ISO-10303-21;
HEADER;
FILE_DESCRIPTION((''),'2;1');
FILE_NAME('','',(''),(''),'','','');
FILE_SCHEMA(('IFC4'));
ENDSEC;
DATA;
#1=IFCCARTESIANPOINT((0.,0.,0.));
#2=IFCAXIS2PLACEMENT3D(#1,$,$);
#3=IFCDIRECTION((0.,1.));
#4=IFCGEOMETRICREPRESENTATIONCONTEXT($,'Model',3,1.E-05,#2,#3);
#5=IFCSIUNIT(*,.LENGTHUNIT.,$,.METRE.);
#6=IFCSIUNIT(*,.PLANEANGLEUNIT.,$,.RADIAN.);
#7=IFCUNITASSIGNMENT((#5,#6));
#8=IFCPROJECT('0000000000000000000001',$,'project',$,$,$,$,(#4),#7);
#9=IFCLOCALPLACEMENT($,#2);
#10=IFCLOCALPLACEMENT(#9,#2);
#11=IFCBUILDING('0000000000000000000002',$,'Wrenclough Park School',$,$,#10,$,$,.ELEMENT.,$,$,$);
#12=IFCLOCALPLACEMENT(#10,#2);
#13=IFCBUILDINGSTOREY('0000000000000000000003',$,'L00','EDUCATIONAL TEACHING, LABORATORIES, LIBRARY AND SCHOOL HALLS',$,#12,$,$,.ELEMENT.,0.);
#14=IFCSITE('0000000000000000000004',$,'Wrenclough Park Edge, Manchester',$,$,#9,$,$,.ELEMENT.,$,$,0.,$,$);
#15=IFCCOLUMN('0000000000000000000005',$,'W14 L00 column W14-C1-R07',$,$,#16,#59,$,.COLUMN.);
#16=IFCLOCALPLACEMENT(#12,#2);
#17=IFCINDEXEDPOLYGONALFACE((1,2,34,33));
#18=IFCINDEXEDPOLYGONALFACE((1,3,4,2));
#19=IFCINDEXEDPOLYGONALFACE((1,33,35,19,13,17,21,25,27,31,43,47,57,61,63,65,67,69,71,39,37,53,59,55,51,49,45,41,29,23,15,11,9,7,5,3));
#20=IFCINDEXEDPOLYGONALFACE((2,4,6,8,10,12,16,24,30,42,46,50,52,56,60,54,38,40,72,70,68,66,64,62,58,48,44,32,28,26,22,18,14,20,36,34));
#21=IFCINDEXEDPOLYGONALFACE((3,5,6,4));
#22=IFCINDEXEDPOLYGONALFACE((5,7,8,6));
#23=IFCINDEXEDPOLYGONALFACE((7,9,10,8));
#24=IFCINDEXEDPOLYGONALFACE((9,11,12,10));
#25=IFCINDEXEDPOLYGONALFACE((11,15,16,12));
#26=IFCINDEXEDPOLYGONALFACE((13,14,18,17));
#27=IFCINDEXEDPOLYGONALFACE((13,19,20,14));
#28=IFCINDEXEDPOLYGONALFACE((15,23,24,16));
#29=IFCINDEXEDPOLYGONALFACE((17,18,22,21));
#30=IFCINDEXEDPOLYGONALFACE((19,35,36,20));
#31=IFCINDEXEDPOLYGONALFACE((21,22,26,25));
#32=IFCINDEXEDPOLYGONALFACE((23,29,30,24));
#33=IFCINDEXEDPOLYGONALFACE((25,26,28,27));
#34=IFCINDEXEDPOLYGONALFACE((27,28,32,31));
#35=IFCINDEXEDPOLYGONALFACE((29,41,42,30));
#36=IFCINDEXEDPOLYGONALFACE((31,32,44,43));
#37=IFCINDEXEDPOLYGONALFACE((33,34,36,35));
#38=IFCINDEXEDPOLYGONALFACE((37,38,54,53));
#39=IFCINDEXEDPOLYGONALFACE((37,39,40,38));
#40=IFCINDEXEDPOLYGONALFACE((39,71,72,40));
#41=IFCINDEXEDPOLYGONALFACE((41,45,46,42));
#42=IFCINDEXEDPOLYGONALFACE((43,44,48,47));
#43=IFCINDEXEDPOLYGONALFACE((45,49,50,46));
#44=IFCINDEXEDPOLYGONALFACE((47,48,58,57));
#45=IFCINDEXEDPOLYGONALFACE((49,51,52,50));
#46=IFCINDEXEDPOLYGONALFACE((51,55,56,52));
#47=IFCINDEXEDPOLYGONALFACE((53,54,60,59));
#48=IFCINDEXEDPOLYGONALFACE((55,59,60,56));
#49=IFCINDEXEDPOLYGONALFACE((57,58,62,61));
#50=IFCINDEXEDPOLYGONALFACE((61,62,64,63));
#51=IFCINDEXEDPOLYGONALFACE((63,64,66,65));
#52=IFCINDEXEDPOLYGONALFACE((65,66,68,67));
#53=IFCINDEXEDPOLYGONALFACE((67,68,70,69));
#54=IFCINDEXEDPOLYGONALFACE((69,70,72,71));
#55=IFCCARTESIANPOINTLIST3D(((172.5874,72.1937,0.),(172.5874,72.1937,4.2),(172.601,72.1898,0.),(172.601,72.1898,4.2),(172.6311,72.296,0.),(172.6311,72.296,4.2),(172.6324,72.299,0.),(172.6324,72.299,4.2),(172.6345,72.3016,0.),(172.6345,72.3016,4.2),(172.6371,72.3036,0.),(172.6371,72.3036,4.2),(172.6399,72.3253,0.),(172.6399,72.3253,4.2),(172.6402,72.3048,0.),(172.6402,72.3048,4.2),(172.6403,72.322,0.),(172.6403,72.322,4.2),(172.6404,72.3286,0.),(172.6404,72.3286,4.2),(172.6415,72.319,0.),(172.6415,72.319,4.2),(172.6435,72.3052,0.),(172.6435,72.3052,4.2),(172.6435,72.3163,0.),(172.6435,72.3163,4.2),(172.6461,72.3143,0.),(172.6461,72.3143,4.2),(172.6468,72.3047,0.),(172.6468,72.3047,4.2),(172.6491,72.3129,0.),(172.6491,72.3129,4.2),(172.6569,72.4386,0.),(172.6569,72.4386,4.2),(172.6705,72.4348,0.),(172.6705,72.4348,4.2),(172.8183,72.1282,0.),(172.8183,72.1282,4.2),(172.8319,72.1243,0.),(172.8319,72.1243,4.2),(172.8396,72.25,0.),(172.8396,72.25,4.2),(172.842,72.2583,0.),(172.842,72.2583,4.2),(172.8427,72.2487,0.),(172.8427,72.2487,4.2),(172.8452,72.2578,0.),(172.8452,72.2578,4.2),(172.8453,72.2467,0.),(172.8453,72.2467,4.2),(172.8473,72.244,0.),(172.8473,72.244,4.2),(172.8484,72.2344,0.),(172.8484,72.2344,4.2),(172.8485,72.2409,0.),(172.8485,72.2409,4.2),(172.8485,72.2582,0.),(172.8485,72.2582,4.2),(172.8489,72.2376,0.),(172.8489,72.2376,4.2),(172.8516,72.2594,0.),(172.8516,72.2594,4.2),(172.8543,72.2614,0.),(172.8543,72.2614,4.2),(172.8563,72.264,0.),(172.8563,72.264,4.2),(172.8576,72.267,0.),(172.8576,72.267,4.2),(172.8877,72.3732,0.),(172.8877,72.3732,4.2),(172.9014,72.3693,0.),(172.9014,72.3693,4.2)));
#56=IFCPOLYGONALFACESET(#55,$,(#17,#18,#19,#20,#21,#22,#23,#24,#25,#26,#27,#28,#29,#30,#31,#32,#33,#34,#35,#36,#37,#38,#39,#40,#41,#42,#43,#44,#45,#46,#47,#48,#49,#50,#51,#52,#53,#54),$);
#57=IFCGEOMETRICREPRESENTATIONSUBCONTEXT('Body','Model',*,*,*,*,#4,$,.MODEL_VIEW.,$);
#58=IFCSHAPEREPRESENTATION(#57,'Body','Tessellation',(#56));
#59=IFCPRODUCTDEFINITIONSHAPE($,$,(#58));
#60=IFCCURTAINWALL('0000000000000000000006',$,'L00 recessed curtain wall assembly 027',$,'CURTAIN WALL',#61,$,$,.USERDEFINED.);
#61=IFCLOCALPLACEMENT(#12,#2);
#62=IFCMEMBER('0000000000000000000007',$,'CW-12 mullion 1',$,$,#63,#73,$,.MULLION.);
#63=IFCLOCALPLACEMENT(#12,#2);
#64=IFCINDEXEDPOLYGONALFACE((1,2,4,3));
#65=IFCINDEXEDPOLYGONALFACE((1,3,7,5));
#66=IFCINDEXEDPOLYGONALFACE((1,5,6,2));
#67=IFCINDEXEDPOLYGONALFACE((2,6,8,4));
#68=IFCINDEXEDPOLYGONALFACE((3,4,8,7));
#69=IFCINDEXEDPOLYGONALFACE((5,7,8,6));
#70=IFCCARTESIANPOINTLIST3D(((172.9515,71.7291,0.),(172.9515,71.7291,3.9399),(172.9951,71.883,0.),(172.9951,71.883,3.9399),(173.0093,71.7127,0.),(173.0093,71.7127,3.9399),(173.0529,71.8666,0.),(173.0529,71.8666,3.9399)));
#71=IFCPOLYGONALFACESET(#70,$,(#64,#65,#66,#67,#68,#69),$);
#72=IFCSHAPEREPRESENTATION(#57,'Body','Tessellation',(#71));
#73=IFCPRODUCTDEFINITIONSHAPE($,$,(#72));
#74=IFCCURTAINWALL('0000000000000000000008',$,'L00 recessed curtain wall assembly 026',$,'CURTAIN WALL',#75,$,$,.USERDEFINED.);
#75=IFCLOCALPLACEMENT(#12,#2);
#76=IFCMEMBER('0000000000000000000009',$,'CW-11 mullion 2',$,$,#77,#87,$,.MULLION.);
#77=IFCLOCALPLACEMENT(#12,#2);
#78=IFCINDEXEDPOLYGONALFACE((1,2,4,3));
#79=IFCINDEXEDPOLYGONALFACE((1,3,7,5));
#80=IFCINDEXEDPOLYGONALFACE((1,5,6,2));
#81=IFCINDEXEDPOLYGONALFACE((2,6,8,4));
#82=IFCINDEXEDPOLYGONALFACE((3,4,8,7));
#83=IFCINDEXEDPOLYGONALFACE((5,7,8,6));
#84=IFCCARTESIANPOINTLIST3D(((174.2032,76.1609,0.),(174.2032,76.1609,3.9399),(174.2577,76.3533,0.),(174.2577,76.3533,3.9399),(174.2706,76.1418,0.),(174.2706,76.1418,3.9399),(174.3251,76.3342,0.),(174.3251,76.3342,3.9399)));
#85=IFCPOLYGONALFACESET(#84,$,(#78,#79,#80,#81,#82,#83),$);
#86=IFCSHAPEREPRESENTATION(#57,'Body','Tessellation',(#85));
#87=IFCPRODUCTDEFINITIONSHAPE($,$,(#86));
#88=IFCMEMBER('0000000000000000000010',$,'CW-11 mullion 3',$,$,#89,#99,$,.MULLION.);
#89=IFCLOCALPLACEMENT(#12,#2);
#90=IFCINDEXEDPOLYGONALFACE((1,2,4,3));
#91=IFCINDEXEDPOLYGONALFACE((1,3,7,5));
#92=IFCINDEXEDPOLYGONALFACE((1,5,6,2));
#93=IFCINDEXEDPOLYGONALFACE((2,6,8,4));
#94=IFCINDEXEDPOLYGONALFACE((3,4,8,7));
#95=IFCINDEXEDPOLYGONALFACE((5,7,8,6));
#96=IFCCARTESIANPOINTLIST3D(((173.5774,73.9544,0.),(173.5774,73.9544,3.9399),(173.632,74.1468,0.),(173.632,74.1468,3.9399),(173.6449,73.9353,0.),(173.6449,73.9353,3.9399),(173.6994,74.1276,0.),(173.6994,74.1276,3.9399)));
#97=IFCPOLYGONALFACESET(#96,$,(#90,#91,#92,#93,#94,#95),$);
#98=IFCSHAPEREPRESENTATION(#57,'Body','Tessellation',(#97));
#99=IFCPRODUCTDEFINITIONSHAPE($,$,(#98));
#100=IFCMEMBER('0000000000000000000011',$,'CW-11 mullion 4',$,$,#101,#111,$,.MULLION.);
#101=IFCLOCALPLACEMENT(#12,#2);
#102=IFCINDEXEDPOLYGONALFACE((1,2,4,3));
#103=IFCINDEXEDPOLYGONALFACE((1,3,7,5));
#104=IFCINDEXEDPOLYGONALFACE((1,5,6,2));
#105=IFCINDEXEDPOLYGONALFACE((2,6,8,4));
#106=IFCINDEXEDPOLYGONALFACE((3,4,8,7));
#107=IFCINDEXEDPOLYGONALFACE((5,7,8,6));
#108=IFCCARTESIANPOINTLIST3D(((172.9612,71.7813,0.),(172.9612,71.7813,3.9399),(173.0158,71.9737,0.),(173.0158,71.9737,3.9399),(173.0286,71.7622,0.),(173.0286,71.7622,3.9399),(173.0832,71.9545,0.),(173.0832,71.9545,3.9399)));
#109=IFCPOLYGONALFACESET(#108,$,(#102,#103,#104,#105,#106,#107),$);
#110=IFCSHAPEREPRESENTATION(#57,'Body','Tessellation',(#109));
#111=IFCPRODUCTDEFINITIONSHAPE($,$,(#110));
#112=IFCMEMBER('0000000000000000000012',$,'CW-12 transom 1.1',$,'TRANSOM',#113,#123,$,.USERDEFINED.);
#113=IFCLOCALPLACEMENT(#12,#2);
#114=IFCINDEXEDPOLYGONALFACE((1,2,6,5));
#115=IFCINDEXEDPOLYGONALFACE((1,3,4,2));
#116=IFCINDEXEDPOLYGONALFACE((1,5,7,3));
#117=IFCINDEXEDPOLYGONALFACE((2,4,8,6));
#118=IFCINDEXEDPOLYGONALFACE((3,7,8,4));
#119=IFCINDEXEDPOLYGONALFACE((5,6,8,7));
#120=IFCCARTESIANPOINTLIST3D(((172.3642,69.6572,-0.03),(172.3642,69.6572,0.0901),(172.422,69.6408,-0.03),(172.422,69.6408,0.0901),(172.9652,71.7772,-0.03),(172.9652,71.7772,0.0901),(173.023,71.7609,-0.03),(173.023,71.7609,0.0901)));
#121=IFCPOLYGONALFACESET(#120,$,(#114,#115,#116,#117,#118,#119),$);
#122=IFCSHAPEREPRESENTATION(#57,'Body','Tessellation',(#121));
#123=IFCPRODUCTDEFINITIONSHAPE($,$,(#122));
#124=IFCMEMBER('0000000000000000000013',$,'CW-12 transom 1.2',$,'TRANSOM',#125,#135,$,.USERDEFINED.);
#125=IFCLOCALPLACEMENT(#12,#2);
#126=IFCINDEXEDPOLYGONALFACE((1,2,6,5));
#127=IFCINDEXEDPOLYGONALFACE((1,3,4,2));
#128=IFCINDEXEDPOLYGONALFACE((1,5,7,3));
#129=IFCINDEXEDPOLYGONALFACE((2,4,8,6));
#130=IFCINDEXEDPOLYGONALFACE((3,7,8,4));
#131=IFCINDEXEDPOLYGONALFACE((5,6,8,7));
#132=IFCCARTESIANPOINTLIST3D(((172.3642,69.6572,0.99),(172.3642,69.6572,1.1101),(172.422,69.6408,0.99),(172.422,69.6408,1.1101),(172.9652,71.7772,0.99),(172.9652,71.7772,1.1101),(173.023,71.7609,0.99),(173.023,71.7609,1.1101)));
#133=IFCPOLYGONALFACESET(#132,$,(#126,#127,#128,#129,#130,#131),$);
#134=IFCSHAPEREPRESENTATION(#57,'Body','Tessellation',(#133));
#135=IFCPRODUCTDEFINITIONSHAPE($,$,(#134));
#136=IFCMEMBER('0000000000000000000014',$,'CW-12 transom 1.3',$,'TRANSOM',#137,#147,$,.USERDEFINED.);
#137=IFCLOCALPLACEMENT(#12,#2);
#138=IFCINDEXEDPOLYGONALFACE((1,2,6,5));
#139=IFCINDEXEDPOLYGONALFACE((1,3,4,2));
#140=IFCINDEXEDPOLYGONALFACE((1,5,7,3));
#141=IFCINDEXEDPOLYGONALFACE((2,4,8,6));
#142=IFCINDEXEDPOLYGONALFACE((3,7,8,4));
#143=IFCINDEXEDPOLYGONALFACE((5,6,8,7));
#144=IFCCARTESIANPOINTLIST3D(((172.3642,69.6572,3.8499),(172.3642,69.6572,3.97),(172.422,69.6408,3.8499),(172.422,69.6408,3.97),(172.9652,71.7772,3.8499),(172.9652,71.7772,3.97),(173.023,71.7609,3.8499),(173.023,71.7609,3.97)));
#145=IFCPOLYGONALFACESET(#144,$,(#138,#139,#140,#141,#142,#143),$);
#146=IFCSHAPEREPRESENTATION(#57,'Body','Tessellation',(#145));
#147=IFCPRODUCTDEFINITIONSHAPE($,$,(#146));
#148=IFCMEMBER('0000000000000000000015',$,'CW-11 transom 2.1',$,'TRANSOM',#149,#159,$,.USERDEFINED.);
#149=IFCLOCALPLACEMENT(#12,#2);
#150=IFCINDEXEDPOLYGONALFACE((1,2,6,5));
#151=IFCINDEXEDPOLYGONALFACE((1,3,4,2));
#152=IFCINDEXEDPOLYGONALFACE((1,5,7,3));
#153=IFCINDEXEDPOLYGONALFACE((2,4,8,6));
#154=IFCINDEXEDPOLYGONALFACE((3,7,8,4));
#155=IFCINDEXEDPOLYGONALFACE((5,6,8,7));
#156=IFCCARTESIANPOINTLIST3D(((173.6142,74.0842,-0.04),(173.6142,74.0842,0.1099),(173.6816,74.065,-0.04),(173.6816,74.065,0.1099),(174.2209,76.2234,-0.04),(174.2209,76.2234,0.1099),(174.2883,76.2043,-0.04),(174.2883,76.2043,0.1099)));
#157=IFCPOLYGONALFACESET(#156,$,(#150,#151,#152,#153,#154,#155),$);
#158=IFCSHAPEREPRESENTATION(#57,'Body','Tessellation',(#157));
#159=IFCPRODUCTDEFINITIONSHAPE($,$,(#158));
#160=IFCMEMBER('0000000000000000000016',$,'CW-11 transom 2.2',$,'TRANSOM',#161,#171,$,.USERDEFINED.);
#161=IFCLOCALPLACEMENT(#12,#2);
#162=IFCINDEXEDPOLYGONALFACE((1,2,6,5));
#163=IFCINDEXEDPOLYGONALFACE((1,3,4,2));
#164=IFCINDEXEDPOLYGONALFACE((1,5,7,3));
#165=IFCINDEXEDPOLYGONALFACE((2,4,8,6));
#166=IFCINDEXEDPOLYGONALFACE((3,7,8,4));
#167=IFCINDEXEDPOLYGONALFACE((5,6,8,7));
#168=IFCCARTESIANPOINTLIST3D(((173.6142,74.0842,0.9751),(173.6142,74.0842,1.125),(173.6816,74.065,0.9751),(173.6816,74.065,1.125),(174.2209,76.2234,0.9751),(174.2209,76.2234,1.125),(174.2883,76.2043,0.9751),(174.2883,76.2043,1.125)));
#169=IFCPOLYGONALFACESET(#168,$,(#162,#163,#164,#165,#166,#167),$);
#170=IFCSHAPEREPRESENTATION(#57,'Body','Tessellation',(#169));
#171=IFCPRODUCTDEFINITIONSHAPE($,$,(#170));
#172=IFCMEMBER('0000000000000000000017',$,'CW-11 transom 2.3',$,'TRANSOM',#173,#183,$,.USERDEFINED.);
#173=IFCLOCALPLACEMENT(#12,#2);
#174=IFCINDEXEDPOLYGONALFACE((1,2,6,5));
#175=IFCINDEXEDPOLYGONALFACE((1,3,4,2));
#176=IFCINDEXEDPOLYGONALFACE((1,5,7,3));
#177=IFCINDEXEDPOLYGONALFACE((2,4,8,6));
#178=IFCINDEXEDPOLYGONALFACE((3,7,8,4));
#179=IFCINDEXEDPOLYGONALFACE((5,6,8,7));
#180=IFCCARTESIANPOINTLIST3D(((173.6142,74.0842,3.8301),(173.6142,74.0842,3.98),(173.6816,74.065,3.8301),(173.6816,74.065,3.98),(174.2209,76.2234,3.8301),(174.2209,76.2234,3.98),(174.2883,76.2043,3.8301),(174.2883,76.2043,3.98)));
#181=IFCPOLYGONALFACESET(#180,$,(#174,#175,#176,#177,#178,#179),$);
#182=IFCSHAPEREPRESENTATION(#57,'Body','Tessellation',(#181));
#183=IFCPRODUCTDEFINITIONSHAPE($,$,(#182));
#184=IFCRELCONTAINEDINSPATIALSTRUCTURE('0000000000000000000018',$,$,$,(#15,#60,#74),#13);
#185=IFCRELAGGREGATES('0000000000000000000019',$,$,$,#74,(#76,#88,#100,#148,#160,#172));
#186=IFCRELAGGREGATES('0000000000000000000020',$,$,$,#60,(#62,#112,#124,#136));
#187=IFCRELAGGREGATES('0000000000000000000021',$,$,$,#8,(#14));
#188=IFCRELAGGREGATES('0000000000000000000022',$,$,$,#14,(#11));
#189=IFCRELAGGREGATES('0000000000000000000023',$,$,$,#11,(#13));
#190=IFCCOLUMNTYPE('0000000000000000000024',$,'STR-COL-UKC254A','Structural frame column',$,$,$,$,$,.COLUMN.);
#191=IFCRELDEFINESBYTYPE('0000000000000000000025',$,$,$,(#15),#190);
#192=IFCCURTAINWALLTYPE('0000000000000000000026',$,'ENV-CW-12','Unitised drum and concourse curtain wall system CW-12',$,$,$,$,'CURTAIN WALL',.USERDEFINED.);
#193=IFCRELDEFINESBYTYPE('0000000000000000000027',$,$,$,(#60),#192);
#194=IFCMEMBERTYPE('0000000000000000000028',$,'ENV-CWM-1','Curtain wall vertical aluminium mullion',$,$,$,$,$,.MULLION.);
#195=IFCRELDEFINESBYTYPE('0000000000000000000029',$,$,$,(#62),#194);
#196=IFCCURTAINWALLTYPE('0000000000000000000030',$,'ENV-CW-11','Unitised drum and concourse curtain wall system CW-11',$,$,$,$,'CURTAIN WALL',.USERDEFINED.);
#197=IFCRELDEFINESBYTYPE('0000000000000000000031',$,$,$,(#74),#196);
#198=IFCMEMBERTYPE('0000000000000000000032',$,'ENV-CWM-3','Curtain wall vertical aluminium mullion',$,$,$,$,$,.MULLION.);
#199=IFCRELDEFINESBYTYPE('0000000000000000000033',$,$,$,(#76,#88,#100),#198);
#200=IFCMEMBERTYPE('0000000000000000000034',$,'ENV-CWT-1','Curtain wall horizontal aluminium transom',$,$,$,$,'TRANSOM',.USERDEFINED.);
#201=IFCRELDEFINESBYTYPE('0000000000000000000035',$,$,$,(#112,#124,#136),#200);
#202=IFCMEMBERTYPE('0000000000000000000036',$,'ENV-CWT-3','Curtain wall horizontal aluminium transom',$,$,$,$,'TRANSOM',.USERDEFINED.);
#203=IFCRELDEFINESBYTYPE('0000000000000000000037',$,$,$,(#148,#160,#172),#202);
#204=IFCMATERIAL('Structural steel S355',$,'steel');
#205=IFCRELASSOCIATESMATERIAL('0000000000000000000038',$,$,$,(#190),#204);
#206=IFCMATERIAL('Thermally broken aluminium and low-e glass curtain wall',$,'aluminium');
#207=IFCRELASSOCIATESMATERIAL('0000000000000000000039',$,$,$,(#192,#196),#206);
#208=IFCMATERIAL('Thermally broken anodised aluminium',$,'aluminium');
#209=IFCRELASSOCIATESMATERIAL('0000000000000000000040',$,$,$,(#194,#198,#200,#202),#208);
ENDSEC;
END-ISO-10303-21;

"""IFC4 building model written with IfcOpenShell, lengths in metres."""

from ifc_helpers import new_model, si_unit, direction, frame, origin, origin_2d, place, context, subcontext, project, spatial, rectangle, i_section, extrude, material, material_profile, profile_set, type_object, element, aggregate, save


model = new_model("IFC4")

# Units and contexts
model_context = context("Model", 3, precision=1e-05, world=origin(), true_north=direction((0.0, 1.0)))
body_context = subcontext(model_context, "Body", "Model", "MODEL_VIEW")
ifc_project = project(units=[si_unit("LENGTHUNIT", "METRE"), si_unit("PLANEANGLEUNIT", "RADIAN")], contexts=[model_context])

# Site, building, storey
site_placement = place(None, origin())
site = spatial("IfcSite", under=ifc_project, at=site_placement, Name="Wrenclough Park Edge, Manchester", CompositionType="ELEMENT", RefElevation=0.0)
building_placement = place(site_placement, origin())
building = spatial("IfcBuilding", under=site, at=building_placement, Name="Wrenclough Park School", CompositionType="ELEMENT")
storey_placement = place(building_placement, origin())
storey = spatial("IfcBuildingStorey", under=building, at=storey_placement, Name="L00", Description="EDUCATIONAL TEACHING, LABORATORIES, LIBRARY AND SCHOOL HALLS", CompositionType="ELEMENT", Elevation=0.0)

# Column
ifc_material_1 = material(Name="Structural steel S355", Category="steel")
ifc_material_profile_1 = material_profile(ifc_material_1, i_section(OverallWidth=0.2546, OverallDepth=0.2542, WebThickness=0.0085, FlangeThickness=0.0142, FilletRadius=0.0127, at=origin_2d()), Name="UKC 254x254x73")
ifc_profile_set_1 = profile_set([ifc_material_profile_1], Name="Structural steel S355")
column_type_1 = type_object("IfcColumnType", Name="STR-COL-UKC254A", Description="Structural frame column", PredefinedType="COLUMN", material=ifc_profile_set_1)
column_1_placement = place(storey_placement, frame((172.7444, 72.2815, 0.0), z_axis=(0.0, 0.0, 1.0), x_axis=(0.272784, 0.962075, 0.0)))
element("IfcColumn", 1, at=column_1_placement, inside=storey, type_object=column_type_1, Name="W14 L00 column W14-C1-R07", PredefinedType="COLUMN", context=body_context, shape_type="SweptSolid", body=[
    extrude(i_section(OverallWidth=0.2546, OverallDepth=0.2542, WebThickness=0.0085, FlangeThickness=0.0142, FilletRadius=0.0127, at=origin_2d()), origin(), (0.0, 0.0, 1.0), 4.2),
])

# Curtain wall, member
ifc_material_2 = material(Name="Thermally broken aluminium and low-e glass curtain wall", Category="aluminium")
curtain_wall_type_1 = type_object("IfcCurtainWallType", Name="ENV-CW-12", Description="Unitised drum and concourse curtain wall system CW-12", ElementType="CURTAIN WALL", PredefinedType="USERDEFINED", material=ifc_material_2)
curtain_wall_1_placement = place(storey_placement, origin())
curtain_wall_1 = element("IfcCurtainWall", 2, at=curtain_wall_1_placement, inside=storey, type_object=curtain_wall_type_1, Name="L00 recessed curtain wall assembly 027", ObjectType="CURTAIN WALL", PredefinedType="USERDEFINED")
ifc_material_3 = material(Name="Thermally broken anodised aluminium", Category="aluminium")
ifc_material_profile_2 = material_profile(ifc_material_3, rectangle(XDim=0.0601, YDim=0.1599, at=origin_2d()), Name="AL MULLION 60x160")
ifc_profile_set_2 = profile_set([ifc_material_profile_2], Name="Thermally broken anodised aluminium")
member_type_1 = type_object("IfcMemberType", Name="ENV-CWM-1", Description="Curtain wall vertical aluminium mullion", PredefinedType="MULLION", material=ifc_profile_set_2)
member_1_placement = place(storey_placement, frame((173.0022, 71.7979, 0.0), z_axis=(0.0, 0.0, 1.0), x_axis=(0.962068, -0.272809, 0.0)))
member_1 = element("IfcMember", 3, at=member_1_placement, type_object=member_type_1, Name="CW-12 mullion 1", PredefinedType="MULLION", context=body_context, shape_type="SweptSolid", body=[
    extrude(rectangle(XDim=0.0601, YDim=0.1599, at=origin_2d()), origin(), (0.0, 0.0, 1.0), 3.9399),
])

# Curtain wall, members
curtain_wall_type_2 = type_object("IfcCurtainWallType", Name="ENV-CW-11", Description="Unitised drum and concourse curtain wall system CW-11", ElementType="CURTAIN WALL", PredefinedType="USERDEFINED", material=ifc_material_2)
curtain_wall_2_placement = place(storey_placement, origin())
curtain_wall_2 = element("IfcCurtainWall", 4, at=curtain_wall_2_placement, inside=storey, type_object=curtain_wall_type_2, Name="L00 recessed curtain wall assembly 026", ObjectType="CURTAIN WALL", PredefinedType="USERDEFINED")
ifc_material_profile_3 = material_profile(ifc_material_3, rectangle(XDim=0.0701, YDim=0.2, at=origin_2d()), Name="AL MULLION 70x200")
ifc_profile_set_3 = profile_set([ifc_material_profile_3], Name="Thermally broken anodised aluminium")
member_type_2 = type_object("IfcMemberType", Name="ENV-CWM-3", Description="Curtain wall vertical aluminium mullion", PredefinedType="MULLION", material=ifc_profile_set_3)
member_2_placement = place(storey_placement, frame((174.2642, 76.2476, 0.0), z_axis=(0.0, 0.0, 1.0), x_axis=(0.962063, -0.272826, 0.0)))
member_2 = element("IfcMember", 5, at=member_2_placement, type_object=member_type_2, Name="CW-11 mullion 2", PredefinedType="MULLION", context=body_context, shape_type="SweptSolid", body=[
    extrude(rectangle(XDim=0.0701, YDim=0.2, at=origin_2d()), origin(), (0.0, 0.0, 1.0), 3.9399),
])
member_3_placement = place(storey_placement, frame((173.6384, 74.041, 0.0), z_axis=(0.0, 0.0, 1.0), x_axis=(0.962063, -0.272826, 0.0)))
member_3 = element("IfcMember", 6, at=member_3_placement, type_object=member_type_2, Name="CW-11 mullion 3", PredefinedType="MULLION", context=body_context, shape_type="SweptSolid", body=[
    extrude(rectangle(XDim=0.0701, YDim=0.2, at=origin_2d()), origin(), (0.0, 0.0, 1.0), 3.9399),
])
member_4_placement = place(storey_placement, frame((173.0222, 71.8679, 0.0), z_axis=(0.0, 0.0, 1.0), x_axis=(0.962063, -0.272826, 0.0)))
member_4 = element("IfcMember", 7, at=member_4_placement, type_object=member_type_2, Name="CW-11 mullion 4", PredefinedType="MULLION", context=body_context, shape_type="SweptSolid", body=[
    extrude(rectangle(XDim=0.0701, YDim=0.2, at=origin_2d()), origin(), (0.0, 0.0, 1.0), 3.9399),
])

# Members
ifc_material_profile_4 = material_profile(ifc_material_3, rectangle(XDim=0.0601, YDim=0.1201, at=origin_2d()), Name="AL TRANSOM 60x120")
ifc_profile_set_4 = profile_set([ifc_material_profile_4], Name="Thermally broken anodised aluminium")
member_type_3 = type_object("IfcMemberType", Name="ENV-CWT-1", Description="Curtain wall horizontal aluminium transom", ElementType="TRANSOM", PredefinedType="USERDEFINED", material=ifc_profile_set_4)
member_5_placement = place(storey_placement, frame((172.9941, 71.769, 0.03), z_axis=(-0.27276, -0.962082, 0.0), x_axis=(0.962082, -0.27276, 0.0)))
member_5 = element("IfcMember", 8, at=member_5_placement, type_object=member_type_3, Name="CW-12 transom 1.1", ObjectType="TRANSOM", PredefinedType="USERDEFINED", context=body_context, shape_type="SweptSolid", body=[
    extrude(rectangle(XDim=0.0601, YDim=0.1201, at=origin_2d()), origin(), (0.0, 0.0, 1.0), 2.2036),
])
member_6_placement = place(storey_placement, frame((172.9941, 71.769, 1.05), z_axis=(-0.27276, -0.962082, 0.0), x_axis=(0.962082, -0.27276, 0.0)))
member_6 = element("IfcMember", 9, at=member_6_placement, type_object=member_type_3, Name="CW-12 transom 1.2", ObjectType="TRANSOM", PredefinedType="USERDEFINED", context=body_context, shape_type="SweptSolid", body=[
    extrude(rectangle(XDim=0.0601, YDim=0.1201, at=origin_2d()), origin(), (0.0, 0.0, 1.0), 2.2036),
])
member_7_placement = place(storey_placement, frame((172.9941, 71.769, 3.9099), z_axis=(-0.27276, -0.962082, 0.0), x_axis=(0.962082, -0.27276, 0.0)))
member_7 = element("IfcMember", 10, at=member_7_placement, type_object=member_type_3, Name="CW-12 transom 1.3", ObjectType="TRANSOM", PredefinedType="USERDEFINED", context=body_context, shape_type="SweptSolid", body=[
    extrude(rectangle(XDim=0.0601, YDim=0.1201, at=origin_2d()), origin(), (0.0, 0.0, 1.0), 2.2036),
])
ifc_material_profile_5 = material_profile(ifc_material_3, rectangle(XDim=0.0701, YDim=0.1499, at=origin_2d()), Name="AL TRANSOM 70x150")
ifc_profile_set_5 = profile_set([ifc_material_profile_5], Name="Thermally broken anodised aluminium")
member_type_4 = type_object("IfcMemberType", Name="ENV-CWT-3", Description="Curtain wall horizontal aluminium transom", ElementType="TRANSOM", PredefinedType="USERDEFINED", material=ifc_profile_set_5)
member_8_placement = place(storey_placement, frame((174.2546, 76.2139, 0.0349), z_axis=(-0.27285, -0.962057, 0.0), x_axis=(0.962057, -0.27285, 0.0)))
member_8 = element("IfcMember", 11, at=member_8_placement, type_object=member_type_4, Name="CW-11 transom 2.1", ObjectType="TRANSOM", PredefinedType="USERDEFINED", context=body_context, shape_type="SweptSolid", body=[
    extrude(rectangle(XDim=0.0701, YDim=0.1499, at=origin_2d()), origin(), (0.0, 0.0, 1.0), 2.2236),
])
member_9_placement = place(storey_placement, frame((174.2546, 76.2139, 1.05), z_axis=(-0.27285, -0.962057, 0.0), x_axis=(0.962057, -0.27285, 0.0)))
member_9 = element("IfcMember", 12, at=member_9_placement, type_object=member_type_4, Name="CW-11 transom 2.2", ObjectType="TRANSOM", PredefinedType="USERDEFINED", context=body_context, shape_type="SweptSolid", body=[
    extrude(rectangle(XDim=0.0701, YDim=0.1499, at=origin_2d()), origin(), (0.0, 0.0, 1.0), 2.2236),
])
member_10_placement = place(storey_placement, frame((174.2546, 76.2139, 3.905), z_axis=(-0.27285, -0.962057, 0.0), x_axis=(0.962057, -0.27285, 0.0)))
member_10 = element("IfcMember", 13, at=member_10_placement, type_object=member_type_4, Name="CW-11 transom 2.3", ObjectType="TRANSOM", PredefinedType="USERDEFINED", context=body_context, shape_type="SweptSolid", body=[
    extrude(rectangle(XDim=0.0701, YDim=0.1499, at=origin_2d()), origin(), (0.0, 0.0, 1.0), 2.2236),
])

aggregate(curtain_wall_2, [member_2, member_3, member_4, member_8, member_9, member_10])
aggregate(curtain_wall_1, [member_1, member_5, member_6, member_7])

save(model, "model.ifc")
